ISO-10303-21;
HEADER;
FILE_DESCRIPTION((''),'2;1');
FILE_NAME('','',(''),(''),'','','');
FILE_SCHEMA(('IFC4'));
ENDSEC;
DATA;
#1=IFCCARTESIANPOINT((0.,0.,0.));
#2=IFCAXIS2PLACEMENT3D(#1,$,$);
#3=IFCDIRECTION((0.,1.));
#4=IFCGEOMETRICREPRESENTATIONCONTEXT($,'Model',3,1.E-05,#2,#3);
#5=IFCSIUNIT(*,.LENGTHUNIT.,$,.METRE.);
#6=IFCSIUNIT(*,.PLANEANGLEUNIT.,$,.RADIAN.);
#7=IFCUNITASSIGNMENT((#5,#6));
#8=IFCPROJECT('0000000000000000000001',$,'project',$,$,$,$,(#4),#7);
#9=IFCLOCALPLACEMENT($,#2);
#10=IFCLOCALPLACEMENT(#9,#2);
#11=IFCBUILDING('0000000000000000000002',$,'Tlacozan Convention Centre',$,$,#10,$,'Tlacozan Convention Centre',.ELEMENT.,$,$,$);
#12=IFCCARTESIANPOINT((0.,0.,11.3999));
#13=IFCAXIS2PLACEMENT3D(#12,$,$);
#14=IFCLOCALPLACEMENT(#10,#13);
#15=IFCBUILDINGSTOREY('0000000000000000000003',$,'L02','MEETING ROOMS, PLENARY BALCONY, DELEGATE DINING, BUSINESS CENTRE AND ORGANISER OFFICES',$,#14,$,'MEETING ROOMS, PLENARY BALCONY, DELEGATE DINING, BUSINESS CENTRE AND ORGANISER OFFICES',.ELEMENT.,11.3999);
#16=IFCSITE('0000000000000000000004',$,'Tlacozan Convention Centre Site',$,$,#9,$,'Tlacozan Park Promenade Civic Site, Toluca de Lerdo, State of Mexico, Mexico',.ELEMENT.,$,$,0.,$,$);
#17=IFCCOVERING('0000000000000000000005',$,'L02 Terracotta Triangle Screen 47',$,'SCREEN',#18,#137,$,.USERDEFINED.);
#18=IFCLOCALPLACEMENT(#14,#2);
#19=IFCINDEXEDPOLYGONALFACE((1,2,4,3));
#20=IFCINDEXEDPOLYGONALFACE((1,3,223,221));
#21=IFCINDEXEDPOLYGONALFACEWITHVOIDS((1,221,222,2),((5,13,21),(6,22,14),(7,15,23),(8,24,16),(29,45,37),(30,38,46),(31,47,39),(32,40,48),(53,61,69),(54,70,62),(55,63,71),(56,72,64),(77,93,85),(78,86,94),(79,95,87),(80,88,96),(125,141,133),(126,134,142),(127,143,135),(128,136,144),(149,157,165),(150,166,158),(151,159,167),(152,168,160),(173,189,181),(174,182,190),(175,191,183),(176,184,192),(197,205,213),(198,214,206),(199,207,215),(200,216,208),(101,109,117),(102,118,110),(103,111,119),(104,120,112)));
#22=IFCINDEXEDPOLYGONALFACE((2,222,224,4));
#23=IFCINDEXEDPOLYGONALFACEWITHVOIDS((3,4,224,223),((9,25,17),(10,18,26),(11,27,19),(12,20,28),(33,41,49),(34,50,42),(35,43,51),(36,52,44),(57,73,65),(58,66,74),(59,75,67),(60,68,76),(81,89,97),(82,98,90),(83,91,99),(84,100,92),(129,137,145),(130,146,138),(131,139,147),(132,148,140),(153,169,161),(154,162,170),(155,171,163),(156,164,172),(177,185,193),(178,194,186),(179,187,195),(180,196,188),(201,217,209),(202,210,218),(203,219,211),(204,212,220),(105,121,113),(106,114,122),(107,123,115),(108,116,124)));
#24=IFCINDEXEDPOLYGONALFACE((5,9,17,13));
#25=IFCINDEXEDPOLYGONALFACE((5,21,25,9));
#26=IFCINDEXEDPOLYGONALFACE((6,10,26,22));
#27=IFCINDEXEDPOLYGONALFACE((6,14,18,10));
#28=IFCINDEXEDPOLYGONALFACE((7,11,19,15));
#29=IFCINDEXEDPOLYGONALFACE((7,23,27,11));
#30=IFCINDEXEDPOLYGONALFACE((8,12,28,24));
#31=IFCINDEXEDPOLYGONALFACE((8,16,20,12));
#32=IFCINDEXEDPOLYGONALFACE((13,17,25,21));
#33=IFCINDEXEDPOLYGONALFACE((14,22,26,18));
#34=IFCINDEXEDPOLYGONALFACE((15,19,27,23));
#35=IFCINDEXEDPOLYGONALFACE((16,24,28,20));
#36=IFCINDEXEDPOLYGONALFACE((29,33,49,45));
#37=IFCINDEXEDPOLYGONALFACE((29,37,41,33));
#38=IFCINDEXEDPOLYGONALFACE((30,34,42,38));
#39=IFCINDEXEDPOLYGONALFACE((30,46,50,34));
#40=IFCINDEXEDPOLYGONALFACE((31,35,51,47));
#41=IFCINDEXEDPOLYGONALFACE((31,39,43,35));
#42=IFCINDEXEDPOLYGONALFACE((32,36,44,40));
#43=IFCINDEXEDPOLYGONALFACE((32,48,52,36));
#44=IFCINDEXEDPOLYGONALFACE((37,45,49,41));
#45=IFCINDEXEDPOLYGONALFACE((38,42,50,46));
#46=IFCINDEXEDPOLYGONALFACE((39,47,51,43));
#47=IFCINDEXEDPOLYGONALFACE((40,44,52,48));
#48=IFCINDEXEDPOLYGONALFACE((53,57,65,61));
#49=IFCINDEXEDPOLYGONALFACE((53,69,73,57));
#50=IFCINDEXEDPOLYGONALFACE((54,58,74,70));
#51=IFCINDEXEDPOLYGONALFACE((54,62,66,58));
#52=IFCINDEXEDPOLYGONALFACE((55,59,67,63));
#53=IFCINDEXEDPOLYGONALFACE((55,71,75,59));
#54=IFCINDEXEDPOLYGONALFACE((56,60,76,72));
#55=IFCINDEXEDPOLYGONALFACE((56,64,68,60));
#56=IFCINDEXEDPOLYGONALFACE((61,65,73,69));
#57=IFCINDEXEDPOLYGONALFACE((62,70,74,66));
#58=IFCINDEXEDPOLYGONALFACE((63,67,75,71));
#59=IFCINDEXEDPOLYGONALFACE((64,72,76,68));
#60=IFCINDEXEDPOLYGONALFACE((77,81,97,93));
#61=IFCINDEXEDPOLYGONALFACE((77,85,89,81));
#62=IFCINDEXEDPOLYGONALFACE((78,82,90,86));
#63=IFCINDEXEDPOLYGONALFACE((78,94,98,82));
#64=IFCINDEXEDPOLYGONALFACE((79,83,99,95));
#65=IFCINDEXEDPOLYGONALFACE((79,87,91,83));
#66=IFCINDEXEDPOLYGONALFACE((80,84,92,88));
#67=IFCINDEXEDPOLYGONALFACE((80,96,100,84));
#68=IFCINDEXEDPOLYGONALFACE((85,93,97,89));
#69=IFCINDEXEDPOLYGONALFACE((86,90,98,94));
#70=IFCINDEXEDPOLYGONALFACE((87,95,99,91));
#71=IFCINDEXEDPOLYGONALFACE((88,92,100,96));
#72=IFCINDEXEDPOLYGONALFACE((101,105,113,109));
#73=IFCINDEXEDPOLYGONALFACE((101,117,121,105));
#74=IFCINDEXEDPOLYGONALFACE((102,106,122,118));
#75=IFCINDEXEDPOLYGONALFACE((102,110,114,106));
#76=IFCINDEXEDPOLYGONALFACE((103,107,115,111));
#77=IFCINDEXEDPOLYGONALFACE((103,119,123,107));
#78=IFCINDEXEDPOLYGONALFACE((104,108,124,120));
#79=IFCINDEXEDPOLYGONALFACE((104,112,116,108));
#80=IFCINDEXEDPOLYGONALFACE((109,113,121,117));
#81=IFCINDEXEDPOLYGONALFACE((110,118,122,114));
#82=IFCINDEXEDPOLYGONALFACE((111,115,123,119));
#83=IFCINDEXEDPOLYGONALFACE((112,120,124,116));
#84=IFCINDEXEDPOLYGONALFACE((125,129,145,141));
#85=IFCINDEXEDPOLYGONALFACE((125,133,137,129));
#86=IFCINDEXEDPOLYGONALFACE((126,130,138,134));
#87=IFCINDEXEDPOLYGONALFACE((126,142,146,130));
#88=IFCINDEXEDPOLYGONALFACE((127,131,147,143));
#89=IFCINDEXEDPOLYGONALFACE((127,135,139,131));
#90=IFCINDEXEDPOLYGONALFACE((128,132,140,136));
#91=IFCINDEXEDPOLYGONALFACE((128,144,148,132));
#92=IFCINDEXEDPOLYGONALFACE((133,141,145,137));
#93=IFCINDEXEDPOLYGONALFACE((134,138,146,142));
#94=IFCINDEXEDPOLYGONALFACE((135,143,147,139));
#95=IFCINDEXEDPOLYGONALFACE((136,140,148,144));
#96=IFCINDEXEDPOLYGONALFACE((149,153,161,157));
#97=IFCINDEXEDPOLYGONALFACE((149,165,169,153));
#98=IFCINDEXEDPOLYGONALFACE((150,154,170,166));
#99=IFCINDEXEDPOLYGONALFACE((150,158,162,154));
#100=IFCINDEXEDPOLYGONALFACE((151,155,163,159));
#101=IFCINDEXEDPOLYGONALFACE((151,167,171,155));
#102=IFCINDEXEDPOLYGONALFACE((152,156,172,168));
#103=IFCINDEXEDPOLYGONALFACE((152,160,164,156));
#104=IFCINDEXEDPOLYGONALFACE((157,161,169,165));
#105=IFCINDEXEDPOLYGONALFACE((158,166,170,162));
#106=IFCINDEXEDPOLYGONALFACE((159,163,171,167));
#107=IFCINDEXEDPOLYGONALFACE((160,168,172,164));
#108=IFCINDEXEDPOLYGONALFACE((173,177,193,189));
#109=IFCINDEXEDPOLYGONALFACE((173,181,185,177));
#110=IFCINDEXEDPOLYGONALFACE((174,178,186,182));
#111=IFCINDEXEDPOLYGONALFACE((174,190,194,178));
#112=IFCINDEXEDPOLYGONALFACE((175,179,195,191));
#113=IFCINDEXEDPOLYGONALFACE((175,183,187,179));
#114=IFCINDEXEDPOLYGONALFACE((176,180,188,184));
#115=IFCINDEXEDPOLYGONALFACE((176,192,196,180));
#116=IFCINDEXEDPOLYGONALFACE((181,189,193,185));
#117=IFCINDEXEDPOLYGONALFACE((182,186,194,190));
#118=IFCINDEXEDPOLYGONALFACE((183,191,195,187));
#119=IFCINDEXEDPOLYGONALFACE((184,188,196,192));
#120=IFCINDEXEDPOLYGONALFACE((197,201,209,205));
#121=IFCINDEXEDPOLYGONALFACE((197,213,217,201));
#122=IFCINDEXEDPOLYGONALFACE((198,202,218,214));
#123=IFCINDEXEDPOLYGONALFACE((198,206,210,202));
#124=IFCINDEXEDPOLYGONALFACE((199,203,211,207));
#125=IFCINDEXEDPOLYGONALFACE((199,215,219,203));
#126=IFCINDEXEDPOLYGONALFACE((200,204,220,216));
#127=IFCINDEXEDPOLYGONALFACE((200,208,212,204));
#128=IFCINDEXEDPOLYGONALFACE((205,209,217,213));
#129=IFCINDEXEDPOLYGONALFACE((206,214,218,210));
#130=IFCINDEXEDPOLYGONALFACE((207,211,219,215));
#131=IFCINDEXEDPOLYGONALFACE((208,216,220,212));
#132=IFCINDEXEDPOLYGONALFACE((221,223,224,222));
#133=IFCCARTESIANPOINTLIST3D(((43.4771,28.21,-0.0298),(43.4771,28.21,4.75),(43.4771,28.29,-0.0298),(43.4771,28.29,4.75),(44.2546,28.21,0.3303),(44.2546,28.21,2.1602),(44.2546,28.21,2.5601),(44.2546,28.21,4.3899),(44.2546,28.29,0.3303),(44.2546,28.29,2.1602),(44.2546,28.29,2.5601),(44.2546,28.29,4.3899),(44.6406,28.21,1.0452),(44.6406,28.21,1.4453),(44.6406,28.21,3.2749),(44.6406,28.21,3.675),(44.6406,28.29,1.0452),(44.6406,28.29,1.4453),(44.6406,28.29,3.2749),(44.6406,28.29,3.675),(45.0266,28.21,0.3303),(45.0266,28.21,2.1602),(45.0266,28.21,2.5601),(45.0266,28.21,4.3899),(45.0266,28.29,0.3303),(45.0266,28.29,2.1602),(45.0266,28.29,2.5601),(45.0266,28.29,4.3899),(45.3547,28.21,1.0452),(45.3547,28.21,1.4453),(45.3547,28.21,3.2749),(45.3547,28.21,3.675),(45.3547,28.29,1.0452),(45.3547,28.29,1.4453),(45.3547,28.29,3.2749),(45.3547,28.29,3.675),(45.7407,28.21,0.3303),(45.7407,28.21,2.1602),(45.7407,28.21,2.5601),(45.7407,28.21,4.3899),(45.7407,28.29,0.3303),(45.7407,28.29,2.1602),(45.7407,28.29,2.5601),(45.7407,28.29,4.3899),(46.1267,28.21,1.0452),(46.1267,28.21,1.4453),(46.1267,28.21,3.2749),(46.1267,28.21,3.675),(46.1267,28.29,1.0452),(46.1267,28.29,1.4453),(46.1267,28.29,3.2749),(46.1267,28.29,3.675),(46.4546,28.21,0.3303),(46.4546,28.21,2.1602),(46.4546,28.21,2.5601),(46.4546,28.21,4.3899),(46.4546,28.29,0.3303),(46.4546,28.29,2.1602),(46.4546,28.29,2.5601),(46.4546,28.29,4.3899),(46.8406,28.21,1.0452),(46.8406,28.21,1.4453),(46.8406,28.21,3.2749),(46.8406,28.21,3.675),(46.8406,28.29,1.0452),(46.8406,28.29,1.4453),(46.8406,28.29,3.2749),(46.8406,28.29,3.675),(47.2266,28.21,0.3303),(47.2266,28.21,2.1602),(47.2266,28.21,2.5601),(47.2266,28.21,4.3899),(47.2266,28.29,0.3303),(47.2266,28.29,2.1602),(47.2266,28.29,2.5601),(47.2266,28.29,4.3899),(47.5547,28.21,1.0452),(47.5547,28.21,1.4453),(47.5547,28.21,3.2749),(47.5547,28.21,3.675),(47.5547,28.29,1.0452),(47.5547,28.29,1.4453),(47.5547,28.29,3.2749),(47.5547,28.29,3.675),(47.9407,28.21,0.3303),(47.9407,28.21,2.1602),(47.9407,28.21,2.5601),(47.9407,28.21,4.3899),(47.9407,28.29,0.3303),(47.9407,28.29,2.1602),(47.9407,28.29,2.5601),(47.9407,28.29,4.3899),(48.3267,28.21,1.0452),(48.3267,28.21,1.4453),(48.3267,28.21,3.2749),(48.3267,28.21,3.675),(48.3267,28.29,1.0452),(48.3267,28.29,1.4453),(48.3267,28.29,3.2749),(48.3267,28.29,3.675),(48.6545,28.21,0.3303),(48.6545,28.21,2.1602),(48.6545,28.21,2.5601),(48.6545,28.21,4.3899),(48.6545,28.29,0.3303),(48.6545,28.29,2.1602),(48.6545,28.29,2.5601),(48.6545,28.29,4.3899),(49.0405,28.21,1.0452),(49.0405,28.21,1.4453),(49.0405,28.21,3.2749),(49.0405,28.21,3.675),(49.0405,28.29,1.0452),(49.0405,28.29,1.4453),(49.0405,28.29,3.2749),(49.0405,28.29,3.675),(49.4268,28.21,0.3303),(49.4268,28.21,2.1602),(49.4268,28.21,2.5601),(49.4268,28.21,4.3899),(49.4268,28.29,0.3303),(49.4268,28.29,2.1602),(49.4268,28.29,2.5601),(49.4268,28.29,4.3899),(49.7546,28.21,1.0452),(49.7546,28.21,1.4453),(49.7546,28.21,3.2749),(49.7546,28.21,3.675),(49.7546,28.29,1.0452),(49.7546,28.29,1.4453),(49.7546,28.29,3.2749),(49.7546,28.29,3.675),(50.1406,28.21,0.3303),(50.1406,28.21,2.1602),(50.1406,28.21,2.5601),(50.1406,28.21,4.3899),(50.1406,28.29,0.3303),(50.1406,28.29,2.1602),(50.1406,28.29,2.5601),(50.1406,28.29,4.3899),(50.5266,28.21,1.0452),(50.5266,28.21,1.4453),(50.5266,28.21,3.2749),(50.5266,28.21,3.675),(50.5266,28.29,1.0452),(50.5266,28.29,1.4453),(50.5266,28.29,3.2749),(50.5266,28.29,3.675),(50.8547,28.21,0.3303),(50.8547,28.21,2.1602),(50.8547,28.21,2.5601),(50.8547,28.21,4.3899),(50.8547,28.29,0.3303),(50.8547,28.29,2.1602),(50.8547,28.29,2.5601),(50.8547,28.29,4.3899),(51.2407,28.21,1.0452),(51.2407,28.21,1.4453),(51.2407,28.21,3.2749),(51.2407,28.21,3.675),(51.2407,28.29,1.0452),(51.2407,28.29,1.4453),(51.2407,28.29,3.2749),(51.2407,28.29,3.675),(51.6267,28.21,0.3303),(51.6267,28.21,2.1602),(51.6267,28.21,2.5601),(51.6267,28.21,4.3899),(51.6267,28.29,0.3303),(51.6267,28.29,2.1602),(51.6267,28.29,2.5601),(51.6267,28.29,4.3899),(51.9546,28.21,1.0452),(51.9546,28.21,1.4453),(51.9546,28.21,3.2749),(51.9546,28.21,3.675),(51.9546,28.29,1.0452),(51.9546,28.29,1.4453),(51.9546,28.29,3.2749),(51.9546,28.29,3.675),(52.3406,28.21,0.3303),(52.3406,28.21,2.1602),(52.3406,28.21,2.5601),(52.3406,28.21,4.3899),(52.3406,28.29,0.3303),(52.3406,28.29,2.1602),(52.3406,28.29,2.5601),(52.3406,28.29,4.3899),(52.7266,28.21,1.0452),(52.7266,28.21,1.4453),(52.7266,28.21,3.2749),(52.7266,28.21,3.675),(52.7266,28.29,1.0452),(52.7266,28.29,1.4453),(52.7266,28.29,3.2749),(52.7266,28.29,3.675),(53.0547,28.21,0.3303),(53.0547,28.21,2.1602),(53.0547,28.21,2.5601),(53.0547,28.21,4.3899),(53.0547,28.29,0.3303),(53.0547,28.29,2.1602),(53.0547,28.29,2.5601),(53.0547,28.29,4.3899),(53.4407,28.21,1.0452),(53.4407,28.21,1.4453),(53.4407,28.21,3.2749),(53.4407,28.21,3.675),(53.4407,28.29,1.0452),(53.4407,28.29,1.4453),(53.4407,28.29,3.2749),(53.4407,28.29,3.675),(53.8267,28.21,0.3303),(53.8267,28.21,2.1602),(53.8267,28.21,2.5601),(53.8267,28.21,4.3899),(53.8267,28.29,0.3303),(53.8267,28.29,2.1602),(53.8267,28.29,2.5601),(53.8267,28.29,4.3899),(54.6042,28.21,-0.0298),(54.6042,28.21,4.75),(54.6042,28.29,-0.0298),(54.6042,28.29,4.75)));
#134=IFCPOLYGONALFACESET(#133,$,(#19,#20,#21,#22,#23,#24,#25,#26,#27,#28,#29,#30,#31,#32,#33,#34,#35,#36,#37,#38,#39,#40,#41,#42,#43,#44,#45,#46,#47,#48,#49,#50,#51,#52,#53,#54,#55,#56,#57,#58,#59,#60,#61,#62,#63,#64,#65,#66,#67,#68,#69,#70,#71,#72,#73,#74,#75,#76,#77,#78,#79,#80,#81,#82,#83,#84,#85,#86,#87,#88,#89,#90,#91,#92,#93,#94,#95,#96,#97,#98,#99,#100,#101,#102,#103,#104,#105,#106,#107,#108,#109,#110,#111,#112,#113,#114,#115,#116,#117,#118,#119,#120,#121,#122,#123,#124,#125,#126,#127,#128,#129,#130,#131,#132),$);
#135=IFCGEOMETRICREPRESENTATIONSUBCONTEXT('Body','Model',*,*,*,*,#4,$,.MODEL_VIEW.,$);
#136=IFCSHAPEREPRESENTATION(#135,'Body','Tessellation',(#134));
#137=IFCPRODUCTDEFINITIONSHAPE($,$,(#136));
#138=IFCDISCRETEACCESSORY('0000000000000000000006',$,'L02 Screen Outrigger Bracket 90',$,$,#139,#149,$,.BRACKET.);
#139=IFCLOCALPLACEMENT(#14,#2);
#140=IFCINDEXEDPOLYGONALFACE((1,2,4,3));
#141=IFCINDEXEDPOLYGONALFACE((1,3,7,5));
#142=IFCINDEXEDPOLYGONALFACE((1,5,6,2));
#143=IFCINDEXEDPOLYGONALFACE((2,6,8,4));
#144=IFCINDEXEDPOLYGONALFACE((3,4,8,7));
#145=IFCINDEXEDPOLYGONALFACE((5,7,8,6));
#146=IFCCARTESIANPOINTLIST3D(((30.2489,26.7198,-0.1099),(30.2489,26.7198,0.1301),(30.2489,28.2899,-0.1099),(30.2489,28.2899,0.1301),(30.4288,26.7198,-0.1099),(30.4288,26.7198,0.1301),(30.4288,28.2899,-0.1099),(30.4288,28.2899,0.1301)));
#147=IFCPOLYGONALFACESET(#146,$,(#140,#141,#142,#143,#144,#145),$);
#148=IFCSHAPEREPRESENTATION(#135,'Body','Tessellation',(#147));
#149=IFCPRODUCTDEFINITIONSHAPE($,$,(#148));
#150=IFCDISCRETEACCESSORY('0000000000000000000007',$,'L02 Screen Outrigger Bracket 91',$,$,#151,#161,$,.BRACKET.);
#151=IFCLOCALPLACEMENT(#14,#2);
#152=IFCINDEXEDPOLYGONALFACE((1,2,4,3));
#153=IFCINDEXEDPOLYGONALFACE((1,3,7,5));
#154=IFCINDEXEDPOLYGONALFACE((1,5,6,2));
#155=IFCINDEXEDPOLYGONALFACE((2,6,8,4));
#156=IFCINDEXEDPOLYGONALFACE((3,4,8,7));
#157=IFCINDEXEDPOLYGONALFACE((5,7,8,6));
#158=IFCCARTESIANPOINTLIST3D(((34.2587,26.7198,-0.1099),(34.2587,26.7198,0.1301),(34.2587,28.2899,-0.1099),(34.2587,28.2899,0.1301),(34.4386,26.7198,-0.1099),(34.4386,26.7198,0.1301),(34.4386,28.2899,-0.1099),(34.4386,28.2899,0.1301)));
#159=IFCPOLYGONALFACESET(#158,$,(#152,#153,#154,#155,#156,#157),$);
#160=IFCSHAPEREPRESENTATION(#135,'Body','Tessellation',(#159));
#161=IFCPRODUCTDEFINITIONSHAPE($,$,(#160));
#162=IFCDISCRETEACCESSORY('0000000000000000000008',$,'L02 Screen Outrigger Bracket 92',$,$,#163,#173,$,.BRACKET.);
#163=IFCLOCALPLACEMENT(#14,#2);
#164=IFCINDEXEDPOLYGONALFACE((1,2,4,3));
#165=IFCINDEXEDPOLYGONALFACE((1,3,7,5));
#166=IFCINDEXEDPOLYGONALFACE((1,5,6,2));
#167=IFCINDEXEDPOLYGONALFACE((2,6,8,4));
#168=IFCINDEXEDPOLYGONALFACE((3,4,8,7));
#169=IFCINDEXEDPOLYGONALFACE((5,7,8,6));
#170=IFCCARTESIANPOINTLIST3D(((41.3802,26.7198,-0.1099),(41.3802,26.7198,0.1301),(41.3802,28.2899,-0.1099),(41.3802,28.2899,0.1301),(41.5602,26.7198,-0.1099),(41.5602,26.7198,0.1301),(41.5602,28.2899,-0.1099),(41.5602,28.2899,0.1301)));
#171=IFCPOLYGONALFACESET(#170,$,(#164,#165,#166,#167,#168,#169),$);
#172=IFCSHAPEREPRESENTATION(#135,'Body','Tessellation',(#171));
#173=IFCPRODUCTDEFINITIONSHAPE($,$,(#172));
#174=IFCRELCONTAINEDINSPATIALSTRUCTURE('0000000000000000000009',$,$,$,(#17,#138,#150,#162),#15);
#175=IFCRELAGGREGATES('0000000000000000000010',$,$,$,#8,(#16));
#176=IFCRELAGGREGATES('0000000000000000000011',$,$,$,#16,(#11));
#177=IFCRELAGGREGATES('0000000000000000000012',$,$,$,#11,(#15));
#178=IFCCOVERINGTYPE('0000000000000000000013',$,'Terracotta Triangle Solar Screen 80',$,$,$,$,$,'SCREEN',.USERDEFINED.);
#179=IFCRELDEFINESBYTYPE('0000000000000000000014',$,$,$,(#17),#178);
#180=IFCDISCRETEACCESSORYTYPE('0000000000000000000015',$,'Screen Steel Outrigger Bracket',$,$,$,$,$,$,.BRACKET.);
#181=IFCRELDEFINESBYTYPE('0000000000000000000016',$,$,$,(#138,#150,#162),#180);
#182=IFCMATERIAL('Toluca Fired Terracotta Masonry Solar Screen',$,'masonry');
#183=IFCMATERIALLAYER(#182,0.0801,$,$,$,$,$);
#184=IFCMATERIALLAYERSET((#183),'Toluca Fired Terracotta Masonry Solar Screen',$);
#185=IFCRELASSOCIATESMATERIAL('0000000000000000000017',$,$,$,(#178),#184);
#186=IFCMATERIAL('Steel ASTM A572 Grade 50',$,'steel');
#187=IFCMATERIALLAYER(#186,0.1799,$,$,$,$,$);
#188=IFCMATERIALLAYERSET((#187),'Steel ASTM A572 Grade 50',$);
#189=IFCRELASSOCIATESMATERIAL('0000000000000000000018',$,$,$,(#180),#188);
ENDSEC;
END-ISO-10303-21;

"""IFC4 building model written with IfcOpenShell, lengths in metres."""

from ifc_helpers import new_model, si_unit, direction, frame, origin, origin_2d, place, context, subcontext, project, spatial, polyline, rectangle, outline, extrude, material, layer, layer_set, type_object, element, save


model = new_model("IFC4")

# Units and contexts
model_context = context("Model", 3, precision=1e-05, world=origin(), true_north=direction((0.0, 1.0)))
body_context = subcontext(model_context, "Body", "Model", "MODEL_VIEW")
ifc_project = project(units=[si_unit("LENGTHUNIT", "METRE"), si_unit("PLANEANGLEUNIT", "RADIAN")], contexts=[model_context])

# Site, building, storey
site_placement = place(None, origin())
site = spatial("IfcSite", under=ifc_project, at=site_placement, Name="Tlacozan Convention Centre Site", LongName="Tlacozan Park Promenade Civic Site, Toluca de Lerdo, State of Mexico, Mexico", CompositionType="ELEMENT", RefElevation=0.0)
building_placement = place(site_placement, origin())
building = spatial("IfcBuilding", under=site, at=building_placement, Name="Tlacozan Convention Centre", LongName="Tlacozan Convention Centre", CompositionType="ELEMENT")
storey_placement = place(building_placement, frame((0.0, 0.0, 11.3999)))
storey = spatial("IfcBuildingStorey", under=building, at=storey_placement, Name="L02", Description="MEETING ROOMS, PLENARY BALCONY, DELEGATE DINING, BUSINESS CENTRE AND ORGANISER OFFICES", LongName="MEETING ROOMS, PLENARY BALCONY, DELEGATE DINING, BUSINESS CENTRE AND ORGANISER OFFICES", CompositionType="ELEMENT", Elevation=11.3999)

# Shared definitions
ifc_material_1 = material(Name="Steel ASTM A572 Grade 50", Category="steel")

# Covering
ifc_material_2 = material(Name="Toluca Fired Terracotta Masonry Solar Screen", Category="masonry")
ifc_layer_1 = layer(ifc_material_2, 0.0801)
ifc_layer_set_1 = layer_set([ifc_layer_1], Name="Toluca Fired Terracotta Masonry Solar Screen")
covering_type = type_object("IfcCoveringType", Name="Terracotta Triangle Solar Screen 80", ElementType="SCREEN", PredefinedType="USERDEFINED", material=ifc_layer_set_1)
covering_1_placement = place(storey_placement, frame((43.4771, 28.25, -0.0298), z_axis=(0.0, 0.0, 1.0), x_axis=(1.0, 0.0, 0.0)))
element("IfcCovering", 1, at=covering_1_placement, inside=storey, type_object=covering_type, Name="L02 Terracotta Triangle Screen 47", ObjectType="SCREEN", PredefinedType="USERDEFINED", context=body_context, shape_type="SweptSolid", body=[
    extrude(outline(polyline([(0.0, 0.0), (11.1272, 0.0), (11.1272, 4.7798), (0.0, 4.7798), (0.0, 0.0)]), holes=[polyline([(0.7776, 0.3601), (1.5496, 0.3601), (1.1636, 1.075), (0.7776, 0.3601)]), polyline([(1.8777, 1.075), (2.6497, 1.075), (2.2637, 0.3601), (1.8777, 1.075)]), polyline([(2.9775, 0.3601), (3.7495, 0.3601), (3.3635, 1.075), (2.9775, 0.3601)]), polyline([(4.0776, 1.075), (4.8496, 1.075), (4.4636, 0.3601), (4.0776, 1.075)]), polyline([(5.1775, 0.3601), (5.9497, 0.3601), (5.5635, 1.075), (5.1775, 0.3601)]), polyline([(6.2776, 1.075), (7.0496, 1.075), (6.6636, 0.3601), (6.2776, 1.075)]), polyline([(7.3777, 0.3601), (8.1497, 0.3601), (7.7637, 1.075), (7.3777, 0.3601)]), polyline([(8.4775, 1.075), (9.2495, 1.075), (8.8635, 0.3601), (8.4775, 1.075)]), polyline([(9.5776, 0.3601), (10.3496, 0.3601), (9.9636, 1.075), (9.5776, 0.3601)]), polyline([(0.7776, 2.1899), (1.5496, 2.1899), (1.1636, 1.4751), (0.7776, 2.1899)]), polyline([(1.8777, 1.4751), (2.6497, 1.4751), (2.2637, 2.1899), (1.8777, 1.4751)]), polyline([(2.9775, 2.1899), (3.7495, 2.1899), (3.3635, 1.4751), (2.9775, 2.1899)]), polyline([(4.0776, 1.4751), (4.8496, 1.4751), (4.4636, 2.1899), (4.0776, 1.4751)]), polyline([(5.1775, 2.1899), (5.9497, 2.1899), (5.5635, 1.4751), (5.1775, 2.1899)]), polyline([(6.2776, 1.4751), (7.0496, 1.4751), (6.6636, 2.1899), (6.2776, 1.4751)]), polyline([(7.3777, 2.1899), (8.1497, 2.1899), (7.7637, 1.4751), (7.3777, 2.1899)]), polyline([(8.4775, 1.4751), (9.2495, 1.4751), (8.8635, 2.1899), (8.4775, 1.4751)]), polyline([(9.5776, 2.1899), (10.3496, 2.1899), (9.9636, 1.4751), (9.5776, 2.1899)]), polyline([(0.7776, 2.5898), (1.5496, 2.5898), (1.1636, 3.3047), (0.7776, 2.5898)]), polyline([(1.8777, 3.3047), (2.6497, 3.3047), (2.2637, 2.5898), (1.8777, 3.3047)]), polyline([(2.9775, 2.5898), (3.7495, 2.5898), (3.3635, 3.3047), (2.9775, 2.5898)]), polyline([(4.0776, 3.3047), (4.8496, 3.3047), (4.4636, 2.5898), (4.0776, 3.3047)]), polyline([(5.1775, 2.5898), (5.9497, 2.5898), (5.5635, 3.3047), (5.1775, 2.5898)]), polyline([(6.2776, 3.3047), (7.0496, 3.3047), (6.6636, 2.5898), (6.2776, 3.3047)]), polyline([(7.3777, 2.5898), (8.1497, 2.5898), (7.7637, 3.3047), (7.3777, 2.5898)]), polyline([(8.4775, 3.3047), (9.2495, 3.3047), (8.8635, 2.5898), (8.4775, 3.3047)]), polyline([(9.5776, 2.5898), (10.3496, 2.5898), (9.9636, 3.3047), (9.5776, 2.5898)]), polyline([(0.7776, 4.4197), (1.5496, 4.4197), (1.1636, 3.7048), (0.7776, 4.4197)]), polyline([(1.8777, 3.7048), (2.6497, 3.7048), (2.2637, 4.4197), (1.8777, 3.7048)]), polyline([(2.9775, 4.4197), (3.7495, 4.4197), (3.3635, 3.7048), (2.9775, 4.4197)]), polyline([(4.0776, 3.7048), (4.8496, 3.7048), (4.4636, 4.4197), (4.0776, 3.7048)]), polyline([(5.1775, 4.4197), (5.9497, 4.4197), (5.5635, 3.7048), (5.1775, 4.4197)]), polyline([(6.2776, 3.7048), (7.0496, 3.7048), (6.6636, 4.4197), (6.2776, 3.7048)]), polyline([(7.3777, 4.4197), (8.1497, 4.4197), (7.7637, 3.7048), (7.3777, 4.4197)]), polyline([(8.4775, 3.7048), (9.2495, 3.7048), (8.8635, 4.4197), (8.4775, 3.7048)]), polyline([(9.5776, 4.4197), (10.3496, 4.4197), (9.9636, 3.7048), (9.5776, 4.4197)])]), frame((0.0, 0.04, 0.0), z_axis=(0.0, -1.0, 0.0), x_axis=(1.0, 0.0, 0.0)), (0.0, 0.0, 1.0), 0.0801),
])

# Discrete accessories
ifc_layer_2 = layer(ifc_material_1, 0.1799)
ifc_layer_set_2 = layer_set([ifc_layer_2], Name="Steel ASTM A572 Grade 50")
discrete_accessory_type = type_object("IfcDiscreteAccessoryType", Name="Screen Steel Outrigger Bracket", PredefinedType="BRACKET", material=ifc_layer_set_2)
for number, where, z_axis, x_axis, name in (
    (2, (30.3389, 27.5049, -0.1099), (0.0, 0.0, 1.0), (0.0, -1.0, 0.0), "L02 Screen Outrigger Bracket 90"),
    (3, (34.3486, 27.5049, -0.1099), (0.0, 0.0, 1.0), (0.0, -1.0, 0.0), "L02 Screen Outrigger Bracket 91"),
    (4, (41.4702, 27.5049, -0.1099), (0.0, 0.0, 1.0), (0.0, -1.0, 0.0), "L02 Screen Outrigger Bracket 92"),
):
    element("IfcDiscreteAccessory", number, at=place(storey_placement, frame(where, z_axis=z_axis, x_axis=x_axis)), inside=storey, type_object=discrete_accessory_type, Name=name, PredefinedType="BRACKET", context=body_context, shape_type="SweptSolid", body=[
        extrude(rectangle(XDim=1.5701, YDim=0.1799, at=origin_2d()), origin(), (0.0, 0.0, 1.0), 0.24),
    ])

save(model, "model.ifc")
